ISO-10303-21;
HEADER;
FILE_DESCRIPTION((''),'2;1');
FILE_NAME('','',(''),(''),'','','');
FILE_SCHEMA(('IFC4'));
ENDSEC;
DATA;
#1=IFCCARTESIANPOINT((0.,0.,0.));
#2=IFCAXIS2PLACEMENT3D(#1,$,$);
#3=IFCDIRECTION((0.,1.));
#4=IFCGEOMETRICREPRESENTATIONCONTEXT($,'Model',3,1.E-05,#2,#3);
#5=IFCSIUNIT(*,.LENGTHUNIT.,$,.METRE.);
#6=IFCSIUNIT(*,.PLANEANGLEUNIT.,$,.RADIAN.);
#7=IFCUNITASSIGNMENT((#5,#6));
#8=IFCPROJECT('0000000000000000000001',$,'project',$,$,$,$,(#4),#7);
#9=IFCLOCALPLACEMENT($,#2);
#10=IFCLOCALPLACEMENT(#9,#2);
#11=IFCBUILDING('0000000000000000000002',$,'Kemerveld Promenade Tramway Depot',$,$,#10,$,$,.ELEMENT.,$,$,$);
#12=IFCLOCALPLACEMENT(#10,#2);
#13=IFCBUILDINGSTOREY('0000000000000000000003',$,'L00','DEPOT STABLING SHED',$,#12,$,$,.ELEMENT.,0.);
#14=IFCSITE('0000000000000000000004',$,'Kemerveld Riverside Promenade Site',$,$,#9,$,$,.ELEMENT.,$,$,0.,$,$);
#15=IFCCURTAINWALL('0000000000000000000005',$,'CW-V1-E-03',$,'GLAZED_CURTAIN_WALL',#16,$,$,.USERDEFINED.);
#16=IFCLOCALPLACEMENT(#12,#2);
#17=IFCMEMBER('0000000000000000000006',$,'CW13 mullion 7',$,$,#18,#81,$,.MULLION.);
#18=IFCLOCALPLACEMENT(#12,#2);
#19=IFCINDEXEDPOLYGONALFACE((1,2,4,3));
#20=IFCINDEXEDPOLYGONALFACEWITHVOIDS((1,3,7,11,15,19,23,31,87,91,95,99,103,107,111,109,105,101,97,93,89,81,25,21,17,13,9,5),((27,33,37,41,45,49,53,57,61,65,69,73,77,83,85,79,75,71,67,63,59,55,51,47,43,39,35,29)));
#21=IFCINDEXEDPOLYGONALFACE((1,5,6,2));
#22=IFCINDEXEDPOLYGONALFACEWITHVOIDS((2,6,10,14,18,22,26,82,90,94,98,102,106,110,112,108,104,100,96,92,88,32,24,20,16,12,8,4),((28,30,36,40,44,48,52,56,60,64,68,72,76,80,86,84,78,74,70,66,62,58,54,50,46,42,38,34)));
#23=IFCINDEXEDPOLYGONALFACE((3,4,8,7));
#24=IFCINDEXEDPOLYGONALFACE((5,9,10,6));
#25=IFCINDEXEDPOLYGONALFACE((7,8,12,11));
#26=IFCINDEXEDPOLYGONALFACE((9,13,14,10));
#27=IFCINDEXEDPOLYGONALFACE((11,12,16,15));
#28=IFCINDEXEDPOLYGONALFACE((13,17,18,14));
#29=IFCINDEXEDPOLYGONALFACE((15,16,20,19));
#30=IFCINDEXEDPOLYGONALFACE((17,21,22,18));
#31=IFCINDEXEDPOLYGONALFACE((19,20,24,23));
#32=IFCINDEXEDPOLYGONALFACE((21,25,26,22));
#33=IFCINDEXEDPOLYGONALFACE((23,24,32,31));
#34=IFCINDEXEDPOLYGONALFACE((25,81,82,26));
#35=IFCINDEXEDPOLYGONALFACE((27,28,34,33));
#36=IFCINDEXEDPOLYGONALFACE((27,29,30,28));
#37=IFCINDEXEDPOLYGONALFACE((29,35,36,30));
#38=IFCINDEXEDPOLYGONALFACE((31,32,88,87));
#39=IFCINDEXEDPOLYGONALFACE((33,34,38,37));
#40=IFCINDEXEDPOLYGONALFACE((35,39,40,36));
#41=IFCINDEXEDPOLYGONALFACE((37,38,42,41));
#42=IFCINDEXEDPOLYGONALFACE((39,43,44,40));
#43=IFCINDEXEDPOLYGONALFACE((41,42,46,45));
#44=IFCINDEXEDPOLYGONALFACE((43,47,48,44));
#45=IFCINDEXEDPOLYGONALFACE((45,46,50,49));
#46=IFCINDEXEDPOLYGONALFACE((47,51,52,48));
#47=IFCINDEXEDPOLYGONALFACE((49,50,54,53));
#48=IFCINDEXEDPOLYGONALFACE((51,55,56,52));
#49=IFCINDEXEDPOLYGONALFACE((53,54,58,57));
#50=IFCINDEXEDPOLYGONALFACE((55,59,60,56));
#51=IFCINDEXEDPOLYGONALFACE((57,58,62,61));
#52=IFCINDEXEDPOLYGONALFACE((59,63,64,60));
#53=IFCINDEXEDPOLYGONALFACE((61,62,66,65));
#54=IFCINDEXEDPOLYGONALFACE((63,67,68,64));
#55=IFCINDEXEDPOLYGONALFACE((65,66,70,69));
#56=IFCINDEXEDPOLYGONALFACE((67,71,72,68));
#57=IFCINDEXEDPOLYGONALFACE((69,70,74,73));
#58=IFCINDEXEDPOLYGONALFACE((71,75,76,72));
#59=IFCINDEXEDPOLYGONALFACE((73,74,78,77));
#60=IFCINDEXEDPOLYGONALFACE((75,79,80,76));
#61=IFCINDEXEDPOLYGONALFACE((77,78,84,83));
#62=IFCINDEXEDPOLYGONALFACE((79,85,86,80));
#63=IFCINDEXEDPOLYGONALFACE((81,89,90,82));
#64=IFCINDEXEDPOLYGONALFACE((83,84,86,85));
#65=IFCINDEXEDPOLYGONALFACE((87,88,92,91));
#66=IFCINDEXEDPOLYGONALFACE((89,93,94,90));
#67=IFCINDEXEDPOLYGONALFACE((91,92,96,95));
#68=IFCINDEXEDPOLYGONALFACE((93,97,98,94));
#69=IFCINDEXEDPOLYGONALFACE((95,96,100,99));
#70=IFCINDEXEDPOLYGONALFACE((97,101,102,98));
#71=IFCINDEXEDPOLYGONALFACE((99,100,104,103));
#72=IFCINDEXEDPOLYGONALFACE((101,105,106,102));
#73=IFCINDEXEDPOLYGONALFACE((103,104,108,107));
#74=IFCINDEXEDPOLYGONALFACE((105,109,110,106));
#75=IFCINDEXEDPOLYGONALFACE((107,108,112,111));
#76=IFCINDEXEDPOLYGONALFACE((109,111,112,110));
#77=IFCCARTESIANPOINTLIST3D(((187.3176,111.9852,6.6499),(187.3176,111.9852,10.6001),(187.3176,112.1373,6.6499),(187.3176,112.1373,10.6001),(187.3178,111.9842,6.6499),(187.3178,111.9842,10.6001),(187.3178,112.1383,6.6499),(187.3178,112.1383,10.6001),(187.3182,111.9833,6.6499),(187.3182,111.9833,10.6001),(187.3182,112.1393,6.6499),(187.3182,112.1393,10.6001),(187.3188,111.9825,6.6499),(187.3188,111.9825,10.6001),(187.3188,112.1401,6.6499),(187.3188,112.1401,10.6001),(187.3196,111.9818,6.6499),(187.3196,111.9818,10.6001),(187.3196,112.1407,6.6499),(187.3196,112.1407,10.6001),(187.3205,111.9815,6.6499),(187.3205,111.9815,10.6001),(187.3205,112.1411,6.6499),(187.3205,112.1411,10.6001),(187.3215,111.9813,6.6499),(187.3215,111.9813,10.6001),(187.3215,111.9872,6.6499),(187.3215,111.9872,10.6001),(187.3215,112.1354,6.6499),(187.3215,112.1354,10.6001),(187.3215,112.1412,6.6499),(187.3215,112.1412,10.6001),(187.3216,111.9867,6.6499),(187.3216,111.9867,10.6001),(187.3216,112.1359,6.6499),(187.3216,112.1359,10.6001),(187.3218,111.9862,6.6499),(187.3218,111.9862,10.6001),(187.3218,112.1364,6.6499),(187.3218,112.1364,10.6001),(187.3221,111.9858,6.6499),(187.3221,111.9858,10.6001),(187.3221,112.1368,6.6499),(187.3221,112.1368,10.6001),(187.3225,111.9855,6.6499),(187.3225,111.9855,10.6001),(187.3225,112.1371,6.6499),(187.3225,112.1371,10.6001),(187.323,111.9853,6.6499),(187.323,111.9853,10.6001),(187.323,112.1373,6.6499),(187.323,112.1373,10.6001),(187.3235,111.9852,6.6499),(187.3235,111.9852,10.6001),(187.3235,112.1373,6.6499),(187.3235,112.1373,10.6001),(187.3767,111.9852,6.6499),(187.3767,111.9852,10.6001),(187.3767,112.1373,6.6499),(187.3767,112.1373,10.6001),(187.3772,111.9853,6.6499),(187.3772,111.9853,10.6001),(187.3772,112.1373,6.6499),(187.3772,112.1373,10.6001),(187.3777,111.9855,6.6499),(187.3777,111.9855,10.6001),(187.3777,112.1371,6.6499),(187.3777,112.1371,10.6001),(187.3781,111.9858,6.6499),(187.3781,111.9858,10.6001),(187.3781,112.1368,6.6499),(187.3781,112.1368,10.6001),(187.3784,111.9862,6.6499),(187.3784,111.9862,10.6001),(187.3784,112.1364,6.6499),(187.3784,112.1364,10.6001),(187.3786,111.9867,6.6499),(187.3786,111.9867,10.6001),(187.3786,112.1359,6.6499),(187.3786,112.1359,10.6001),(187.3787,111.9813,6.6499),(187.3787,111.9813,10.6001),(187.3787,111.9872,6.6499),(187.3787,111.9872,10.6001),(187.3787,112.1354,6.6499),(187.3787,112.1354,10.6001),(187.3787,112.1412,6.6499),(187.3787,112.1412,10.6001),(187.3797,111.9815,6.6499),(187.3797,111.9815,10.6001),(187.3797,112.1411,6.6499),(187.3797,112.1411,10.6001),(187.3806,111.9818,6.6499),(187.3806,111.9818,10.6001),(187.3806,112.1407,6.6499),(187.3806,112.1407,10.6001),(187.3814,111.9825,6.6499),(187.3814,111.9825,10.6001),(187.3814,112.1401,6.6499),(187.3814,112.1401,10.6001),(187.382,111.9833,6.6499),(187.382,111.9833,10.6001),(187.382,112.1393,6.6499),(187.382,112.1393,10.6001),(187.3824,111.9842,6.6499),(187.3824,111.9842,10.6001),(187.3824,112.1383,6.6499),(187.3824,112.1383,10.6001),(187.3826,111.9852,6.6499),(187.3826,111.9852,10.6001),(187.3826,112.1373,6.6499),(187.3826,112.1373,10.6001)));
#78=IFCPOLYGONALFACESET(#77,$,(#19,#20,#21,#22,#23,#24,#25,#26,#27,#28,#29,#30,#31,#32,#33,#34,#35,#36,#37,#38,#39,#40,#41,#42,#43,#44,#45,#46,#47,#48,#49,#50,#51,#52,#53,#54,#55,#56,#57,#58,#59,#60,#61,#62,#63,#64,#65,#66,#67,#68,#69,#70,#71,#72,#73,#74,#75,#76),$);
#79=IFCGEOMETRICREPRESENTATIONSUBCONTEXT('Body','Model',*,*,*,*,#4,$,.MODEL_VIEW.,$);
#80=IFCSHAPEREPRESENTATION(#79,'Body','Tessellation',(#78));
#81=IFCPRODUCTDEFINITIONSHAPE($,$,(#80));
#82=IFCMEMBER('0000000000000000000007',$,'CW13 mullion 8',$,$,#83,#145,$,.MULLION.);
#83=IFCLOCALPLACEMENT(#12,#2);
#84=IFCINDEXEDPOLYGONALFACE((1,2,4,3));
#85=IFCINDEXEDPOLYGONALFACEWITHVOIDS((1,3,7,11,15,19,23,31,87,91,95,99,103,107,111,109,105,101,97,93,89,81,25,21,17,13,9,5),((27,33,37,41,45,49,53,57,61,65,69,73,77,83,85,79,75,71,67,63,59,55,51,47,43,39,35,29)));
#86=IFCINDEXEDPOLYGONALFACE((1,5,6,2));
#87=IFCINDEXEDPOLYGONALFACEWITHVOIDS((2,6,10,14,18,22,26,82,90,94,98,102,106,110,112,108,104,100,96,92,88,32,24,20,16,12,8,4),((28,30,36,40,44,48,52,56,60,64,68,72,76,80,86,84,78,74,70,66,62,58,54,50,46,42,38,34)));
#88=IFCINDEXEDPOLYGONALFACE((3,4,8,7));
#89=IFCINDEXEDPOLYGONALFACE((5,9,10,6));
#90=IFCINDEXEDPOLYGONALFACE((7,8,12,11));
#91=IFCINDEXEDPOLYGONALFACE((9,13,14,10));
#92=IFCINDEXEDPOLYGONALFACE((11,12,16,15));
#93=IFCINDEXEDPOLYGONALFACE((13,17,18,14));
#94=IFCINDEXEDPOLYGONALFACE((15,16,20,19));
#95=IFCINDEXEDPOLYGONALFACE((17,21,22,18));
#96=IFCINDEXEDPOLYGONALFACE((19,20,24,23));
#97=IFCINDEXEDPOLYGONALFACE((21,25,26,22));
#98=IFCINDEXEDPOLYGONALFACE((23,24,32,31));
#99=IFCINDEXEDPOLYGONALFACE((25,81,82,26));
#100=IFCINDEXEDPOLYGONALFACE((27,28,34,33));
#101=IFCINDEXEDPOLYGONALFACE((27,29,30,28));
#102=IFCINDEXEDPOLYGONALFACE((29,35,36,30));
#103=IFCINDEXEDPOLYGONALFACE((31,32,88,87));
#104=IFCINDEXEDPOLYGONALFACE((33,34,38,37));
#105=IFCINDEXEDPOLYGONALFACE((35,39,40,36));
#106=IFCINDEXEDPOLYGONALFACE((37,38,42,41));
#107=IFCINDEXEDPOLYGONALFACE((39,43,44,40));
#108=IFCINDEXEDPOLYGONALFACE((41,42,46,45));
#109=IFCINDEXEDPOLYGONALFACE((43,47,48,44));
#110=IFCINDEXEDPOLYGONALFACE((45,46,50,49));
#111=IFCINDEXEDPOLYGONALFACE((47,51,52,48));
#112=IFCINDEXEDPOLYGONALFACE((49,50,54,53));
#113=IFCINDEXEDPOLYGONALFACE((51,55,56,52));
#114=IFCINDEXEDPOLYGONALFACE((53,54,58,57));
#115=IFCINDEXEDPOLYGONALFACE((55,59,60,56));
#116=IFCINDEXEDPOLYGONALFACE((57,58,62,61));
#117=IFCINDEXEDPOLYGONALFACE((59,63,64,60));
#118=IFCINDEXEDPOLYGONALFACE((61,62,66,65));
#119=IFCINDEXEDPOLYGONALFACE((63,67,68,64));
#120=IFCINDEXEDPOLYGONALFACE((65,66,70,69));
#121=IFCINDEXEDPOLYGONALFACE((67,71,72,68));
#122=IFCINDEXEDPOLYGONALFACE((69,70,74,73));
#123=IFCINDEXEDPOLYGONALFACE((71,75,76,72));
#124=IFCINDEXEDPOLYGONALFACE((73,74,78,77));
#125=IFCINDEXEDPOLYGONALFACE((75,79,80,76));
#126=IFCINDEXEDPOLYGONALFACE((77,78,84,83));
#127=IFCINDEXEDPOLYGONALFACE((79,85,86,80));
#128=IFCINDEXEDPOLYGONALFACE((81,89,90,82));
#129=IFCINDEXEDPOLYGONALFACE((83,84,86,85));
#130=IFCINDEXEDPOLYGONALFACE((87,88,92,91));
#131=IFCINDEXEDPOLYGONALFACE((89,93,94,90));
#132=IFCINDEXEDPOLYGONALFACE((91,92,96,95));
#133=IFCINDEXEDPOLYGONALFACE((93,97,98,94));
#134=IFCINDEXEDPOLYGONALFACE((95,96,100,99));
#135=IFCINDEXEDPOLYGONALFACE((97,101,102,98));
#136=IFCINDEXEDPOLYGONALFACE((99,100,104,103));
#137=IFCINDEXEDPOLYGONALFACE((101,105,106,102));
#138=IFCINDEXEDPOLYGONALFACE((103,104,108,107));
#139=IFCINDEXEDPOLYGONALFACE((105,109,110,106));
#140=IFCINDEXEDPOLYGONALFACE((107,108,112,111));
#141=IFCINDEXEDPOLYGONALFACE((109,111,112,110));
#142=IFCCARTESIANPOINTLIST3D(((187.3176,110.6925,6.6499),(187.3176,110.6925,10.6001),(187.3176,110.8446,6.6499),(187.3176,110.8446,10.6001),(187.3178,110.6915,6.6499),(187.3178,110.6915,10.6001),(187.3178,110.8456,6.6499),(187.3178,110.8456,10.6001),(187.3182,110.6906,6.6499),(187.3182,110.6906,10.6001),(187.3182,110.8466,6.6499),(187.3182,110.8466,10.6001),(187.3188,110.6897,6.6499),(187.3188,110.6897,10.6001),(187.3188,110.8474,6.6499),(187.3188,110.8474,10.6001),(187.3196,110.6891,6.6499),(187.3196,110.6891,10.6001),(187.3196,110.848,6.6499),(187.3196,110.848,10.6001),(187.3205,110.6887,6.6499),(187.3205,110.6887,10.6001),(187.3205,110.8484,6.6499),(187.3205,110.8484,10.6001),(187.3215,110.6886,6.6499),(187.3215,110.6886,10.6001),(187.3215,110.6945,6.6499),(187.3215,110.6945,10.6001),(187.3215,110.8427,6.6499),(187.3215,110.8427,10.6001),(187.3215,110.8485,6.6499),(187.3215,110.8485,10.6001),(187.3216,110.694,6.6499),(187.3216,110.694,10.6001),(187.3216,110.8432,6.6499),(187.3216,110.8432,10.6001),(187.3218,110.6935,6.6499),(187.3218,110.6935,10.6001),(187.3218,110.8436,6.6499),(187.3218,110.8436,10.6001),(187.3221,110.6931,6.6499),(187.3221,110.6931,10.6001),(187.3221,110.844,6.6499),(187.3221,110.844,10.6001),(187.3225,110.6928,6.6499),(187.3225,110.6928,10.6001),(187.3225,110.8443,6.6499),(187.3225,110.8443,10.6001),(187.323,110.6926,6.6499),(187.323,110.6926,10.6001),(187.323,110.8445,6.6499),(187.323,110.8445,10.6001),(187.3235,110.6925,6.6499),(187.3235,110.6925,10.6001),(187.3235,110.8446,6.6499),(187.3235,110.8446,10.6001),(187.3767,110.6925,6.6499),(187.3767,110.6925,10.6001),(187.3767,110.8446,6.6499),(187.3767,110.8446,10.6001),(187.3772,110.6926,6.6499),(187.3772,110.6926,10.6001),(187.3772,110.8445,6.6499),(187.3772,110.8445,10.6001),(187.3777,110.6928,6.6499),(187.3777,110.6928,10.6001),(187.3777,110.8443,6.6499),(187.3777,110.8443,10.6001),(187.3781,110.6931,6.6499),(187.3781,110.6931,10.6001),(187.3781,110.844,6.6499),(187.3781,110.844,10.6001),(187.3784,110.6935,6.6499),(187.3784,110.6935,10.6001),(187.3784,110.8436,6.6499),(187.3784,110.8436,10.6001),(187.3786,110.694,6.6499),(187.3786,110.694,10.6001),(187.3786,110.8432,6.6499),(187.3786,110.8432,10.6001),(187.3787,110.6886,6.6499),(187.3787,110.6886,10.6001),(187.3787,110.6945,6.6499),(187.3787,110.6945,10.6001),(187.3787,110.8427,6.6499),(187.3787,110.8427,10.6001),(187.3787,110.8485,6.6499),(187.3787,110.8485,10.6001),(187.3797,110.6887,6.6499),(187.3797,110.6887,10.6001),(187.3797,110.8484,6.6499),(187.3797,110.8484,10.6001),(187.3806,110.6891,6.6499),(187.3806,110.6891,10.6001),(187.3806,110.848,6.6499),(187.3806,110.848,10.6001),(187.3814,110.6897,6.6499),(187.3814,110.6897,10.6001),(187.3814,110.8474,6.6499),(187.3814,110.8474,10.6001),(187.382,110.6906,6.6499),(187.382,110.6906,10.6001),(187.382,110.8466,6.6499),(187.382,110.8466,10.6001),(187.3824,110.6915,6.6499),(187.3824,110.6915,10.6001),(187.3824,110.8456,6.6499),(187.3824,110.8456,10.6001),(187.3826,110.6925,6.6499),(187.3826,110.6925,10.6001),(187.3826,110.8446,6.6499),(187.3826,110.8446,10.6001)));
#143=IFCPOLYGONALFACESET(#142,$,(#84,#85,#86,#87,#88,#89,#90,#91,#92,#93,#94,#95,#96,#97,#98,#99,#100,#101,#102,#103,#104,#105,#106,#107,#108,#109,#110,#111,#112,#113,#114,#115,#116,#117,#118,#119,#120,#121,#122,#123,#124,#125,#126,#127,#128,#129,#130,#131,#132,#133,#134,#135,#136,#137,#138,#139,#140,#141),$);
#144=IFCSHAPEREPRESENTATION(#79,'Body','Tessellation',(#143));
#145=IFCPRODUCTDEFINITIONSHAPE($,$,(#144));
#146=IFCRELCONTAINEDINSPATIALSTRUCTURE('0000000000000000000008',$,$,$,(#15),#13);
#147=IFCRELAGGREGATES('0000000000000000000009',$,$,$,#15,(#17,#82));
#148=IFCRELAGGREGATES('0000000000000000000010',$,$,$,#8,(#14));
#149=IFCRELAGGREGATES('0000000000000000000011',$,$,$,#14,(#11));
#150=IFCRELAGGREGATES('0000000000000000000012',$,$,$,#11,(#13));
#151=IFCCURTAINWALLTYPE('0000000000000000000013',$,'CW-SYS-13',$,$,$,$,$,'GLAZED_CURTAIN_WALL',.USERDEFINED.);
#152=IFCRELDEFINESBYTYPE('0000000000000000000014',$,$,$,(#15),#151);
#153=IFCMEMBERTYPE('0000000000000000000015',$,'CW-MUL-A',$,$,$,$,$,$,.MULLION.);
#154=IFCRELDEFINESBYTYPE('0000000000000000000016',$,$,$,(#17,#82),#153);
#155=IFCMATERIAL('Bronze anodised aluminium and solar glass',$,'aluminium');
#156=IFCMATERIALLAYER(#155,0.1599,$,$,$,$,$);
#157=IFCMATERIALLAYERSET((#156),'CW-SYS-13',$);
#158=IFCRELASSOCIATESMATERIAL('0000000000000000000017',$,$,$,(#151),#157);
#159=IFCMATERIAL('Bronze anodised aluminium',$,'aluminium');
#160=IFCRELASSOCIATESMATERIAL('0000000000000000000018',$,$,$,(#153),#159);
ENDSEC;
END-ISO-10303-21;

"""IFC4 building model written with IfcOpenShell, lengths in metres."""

from ifc_helpers import new_model, si_unit, direction, frame, origin, origin_2d, place, context, subcontext, project, spatial, hollow_rectangle, extrude, material, layer, layer_set, material_profile, profile_set, type_object, element, aggregate, save


model = new_model("IFC4")

# Units and contexts
model_context = context("Model", 3, precision=1e-05, world=origin(), true_north=direction((0.0, 1.0)))
body_context = subcontext(model_context, "Body", "Model", "MODEL_VIEW")
ifc_project = project(units=[si_unit("LENGTHUNIT", "METRE"), si_unit("PLANEANGLEUNIT", "RADIAN")], contexts=[model_context])

# Site, building, storey
site_placement = place(None, origin())
site = spatial("IfcSite", under=ifc_project, at=site_placement, Name="Kemerveld Riverside Promenade Site", CompositionType="ELEMENT", RefElevation=0.0)
building_placement = place(site_placement, origin())
building = spatial("IfcBuilding", under=site, at=building_placement, Name="Kemerveld Promenade Tramway Depot", CompositionType="ELEMENT")
storey_placement = place(building_placement, origin())
storey = spatial("IfcBuildingStorey", under=building, at=storey_placement, Name="L00", Description="DEPOT STABLING SHED", CompositionType="ELEMENT", Elevation=0.0)

# Curtain wall, members
ifc_material_1 = material(Name="Bronze anodised aluminium and solar glass", Category="aluminium")
ifc_layer_1 = layer(ifc_material_1, 0.1599)
ifc_layer_set_1 = layer_set([ifc_layer_1], Name="CW-SYS-13")
curtain_wall_type_1 = type_object("IfcCurtainWallType", Name="CW-SYS-13", ElementType="GLAZED_CURTAIN_WALL", PredefinedType="USERDEFINED", material=ifc_layer_set_1)
curtain_wall_1_placement = place(storey_placement, origin())
curtain_wall_1 = element("IfcCurtainWall", 1, at=curtain_wall_1_placement, inside=storey, type_object=curtain_wall_type_1, Name="CW-V1-E-03", ObjectType="GLAZED_CURTAIN_WALL", PredefinedType="USERDEFINED")
ifc_material_2 = material(Name="Bronze anodised aluminium", Category="aluminium")
ifc_material_profile_1 = material_profile(ifc_material_2, hollow_rectangle(XDim=0.0649, YDim=0.1599, WallThickness=0.0039, InnerFilletRadius=0.002, OuterFilletRadius=0.0039, at=origin_2d()), Name="CW-MUL-160x65")
ifc_profile_set_1 = profile_set([ifc_material_profile_1], Name="Bronze anodised aluminium")
member_type_1 = type_object("IfcMemberType", Name="CW-MUL-A", PredefinedType="MULLION", material=ifc_profile_set_1)
member_1_placement = place(storey_placement, frame((187.3501, 112.0613, 6.6499), z_axis=(0.0, 0.0, 1.0), x_axis=(1.0, 0.0, 0.0)))
member_1 = element("IfcMember", 2, at=member_1_placement, type_object=member_type_1, Name="CW13 mullion 7", PredefinedType="MULLION", context=body_context, shape_type="SweptSolid", body=[
    extrude(hollow_rectangle(XDim=0.0649, YDim=0.1599, WallThickness=0.0039, InnerFilletRadius=0.002, OuterFilletRadius=0.0039, at=origin_2d()), origin(), (0.0, 0.0, 1.0), 3.9502),
])
member_2_placement = place(storey_placement, frame((187.3501, 110.7686, 6.6499), z_axis=(0.0, 0.0, 1.0), x_axis=(1.0, 0.0, 0.0)))
member_2 = element("IfcMember", 3, at=member_2_placement, type_object=member_type_1, Name="CW13 mullion 8", PredefinedType="MULLION", context=body_context, shape_type="SweptSolid", body=[
    extrude(hollow_rectangle(XDim=0.0649, YDim=0.1599, WallThickness=0.0039, InnerFilletRadius=0.002, OuterFilletRadius=0.0039, at=origin_2d()), origin(), (0.0, 0.0, 1.0), 3.9502),
])

aggregate(curtain_wall_1, [member_1, member_2])

save(model, "model.ifc")
